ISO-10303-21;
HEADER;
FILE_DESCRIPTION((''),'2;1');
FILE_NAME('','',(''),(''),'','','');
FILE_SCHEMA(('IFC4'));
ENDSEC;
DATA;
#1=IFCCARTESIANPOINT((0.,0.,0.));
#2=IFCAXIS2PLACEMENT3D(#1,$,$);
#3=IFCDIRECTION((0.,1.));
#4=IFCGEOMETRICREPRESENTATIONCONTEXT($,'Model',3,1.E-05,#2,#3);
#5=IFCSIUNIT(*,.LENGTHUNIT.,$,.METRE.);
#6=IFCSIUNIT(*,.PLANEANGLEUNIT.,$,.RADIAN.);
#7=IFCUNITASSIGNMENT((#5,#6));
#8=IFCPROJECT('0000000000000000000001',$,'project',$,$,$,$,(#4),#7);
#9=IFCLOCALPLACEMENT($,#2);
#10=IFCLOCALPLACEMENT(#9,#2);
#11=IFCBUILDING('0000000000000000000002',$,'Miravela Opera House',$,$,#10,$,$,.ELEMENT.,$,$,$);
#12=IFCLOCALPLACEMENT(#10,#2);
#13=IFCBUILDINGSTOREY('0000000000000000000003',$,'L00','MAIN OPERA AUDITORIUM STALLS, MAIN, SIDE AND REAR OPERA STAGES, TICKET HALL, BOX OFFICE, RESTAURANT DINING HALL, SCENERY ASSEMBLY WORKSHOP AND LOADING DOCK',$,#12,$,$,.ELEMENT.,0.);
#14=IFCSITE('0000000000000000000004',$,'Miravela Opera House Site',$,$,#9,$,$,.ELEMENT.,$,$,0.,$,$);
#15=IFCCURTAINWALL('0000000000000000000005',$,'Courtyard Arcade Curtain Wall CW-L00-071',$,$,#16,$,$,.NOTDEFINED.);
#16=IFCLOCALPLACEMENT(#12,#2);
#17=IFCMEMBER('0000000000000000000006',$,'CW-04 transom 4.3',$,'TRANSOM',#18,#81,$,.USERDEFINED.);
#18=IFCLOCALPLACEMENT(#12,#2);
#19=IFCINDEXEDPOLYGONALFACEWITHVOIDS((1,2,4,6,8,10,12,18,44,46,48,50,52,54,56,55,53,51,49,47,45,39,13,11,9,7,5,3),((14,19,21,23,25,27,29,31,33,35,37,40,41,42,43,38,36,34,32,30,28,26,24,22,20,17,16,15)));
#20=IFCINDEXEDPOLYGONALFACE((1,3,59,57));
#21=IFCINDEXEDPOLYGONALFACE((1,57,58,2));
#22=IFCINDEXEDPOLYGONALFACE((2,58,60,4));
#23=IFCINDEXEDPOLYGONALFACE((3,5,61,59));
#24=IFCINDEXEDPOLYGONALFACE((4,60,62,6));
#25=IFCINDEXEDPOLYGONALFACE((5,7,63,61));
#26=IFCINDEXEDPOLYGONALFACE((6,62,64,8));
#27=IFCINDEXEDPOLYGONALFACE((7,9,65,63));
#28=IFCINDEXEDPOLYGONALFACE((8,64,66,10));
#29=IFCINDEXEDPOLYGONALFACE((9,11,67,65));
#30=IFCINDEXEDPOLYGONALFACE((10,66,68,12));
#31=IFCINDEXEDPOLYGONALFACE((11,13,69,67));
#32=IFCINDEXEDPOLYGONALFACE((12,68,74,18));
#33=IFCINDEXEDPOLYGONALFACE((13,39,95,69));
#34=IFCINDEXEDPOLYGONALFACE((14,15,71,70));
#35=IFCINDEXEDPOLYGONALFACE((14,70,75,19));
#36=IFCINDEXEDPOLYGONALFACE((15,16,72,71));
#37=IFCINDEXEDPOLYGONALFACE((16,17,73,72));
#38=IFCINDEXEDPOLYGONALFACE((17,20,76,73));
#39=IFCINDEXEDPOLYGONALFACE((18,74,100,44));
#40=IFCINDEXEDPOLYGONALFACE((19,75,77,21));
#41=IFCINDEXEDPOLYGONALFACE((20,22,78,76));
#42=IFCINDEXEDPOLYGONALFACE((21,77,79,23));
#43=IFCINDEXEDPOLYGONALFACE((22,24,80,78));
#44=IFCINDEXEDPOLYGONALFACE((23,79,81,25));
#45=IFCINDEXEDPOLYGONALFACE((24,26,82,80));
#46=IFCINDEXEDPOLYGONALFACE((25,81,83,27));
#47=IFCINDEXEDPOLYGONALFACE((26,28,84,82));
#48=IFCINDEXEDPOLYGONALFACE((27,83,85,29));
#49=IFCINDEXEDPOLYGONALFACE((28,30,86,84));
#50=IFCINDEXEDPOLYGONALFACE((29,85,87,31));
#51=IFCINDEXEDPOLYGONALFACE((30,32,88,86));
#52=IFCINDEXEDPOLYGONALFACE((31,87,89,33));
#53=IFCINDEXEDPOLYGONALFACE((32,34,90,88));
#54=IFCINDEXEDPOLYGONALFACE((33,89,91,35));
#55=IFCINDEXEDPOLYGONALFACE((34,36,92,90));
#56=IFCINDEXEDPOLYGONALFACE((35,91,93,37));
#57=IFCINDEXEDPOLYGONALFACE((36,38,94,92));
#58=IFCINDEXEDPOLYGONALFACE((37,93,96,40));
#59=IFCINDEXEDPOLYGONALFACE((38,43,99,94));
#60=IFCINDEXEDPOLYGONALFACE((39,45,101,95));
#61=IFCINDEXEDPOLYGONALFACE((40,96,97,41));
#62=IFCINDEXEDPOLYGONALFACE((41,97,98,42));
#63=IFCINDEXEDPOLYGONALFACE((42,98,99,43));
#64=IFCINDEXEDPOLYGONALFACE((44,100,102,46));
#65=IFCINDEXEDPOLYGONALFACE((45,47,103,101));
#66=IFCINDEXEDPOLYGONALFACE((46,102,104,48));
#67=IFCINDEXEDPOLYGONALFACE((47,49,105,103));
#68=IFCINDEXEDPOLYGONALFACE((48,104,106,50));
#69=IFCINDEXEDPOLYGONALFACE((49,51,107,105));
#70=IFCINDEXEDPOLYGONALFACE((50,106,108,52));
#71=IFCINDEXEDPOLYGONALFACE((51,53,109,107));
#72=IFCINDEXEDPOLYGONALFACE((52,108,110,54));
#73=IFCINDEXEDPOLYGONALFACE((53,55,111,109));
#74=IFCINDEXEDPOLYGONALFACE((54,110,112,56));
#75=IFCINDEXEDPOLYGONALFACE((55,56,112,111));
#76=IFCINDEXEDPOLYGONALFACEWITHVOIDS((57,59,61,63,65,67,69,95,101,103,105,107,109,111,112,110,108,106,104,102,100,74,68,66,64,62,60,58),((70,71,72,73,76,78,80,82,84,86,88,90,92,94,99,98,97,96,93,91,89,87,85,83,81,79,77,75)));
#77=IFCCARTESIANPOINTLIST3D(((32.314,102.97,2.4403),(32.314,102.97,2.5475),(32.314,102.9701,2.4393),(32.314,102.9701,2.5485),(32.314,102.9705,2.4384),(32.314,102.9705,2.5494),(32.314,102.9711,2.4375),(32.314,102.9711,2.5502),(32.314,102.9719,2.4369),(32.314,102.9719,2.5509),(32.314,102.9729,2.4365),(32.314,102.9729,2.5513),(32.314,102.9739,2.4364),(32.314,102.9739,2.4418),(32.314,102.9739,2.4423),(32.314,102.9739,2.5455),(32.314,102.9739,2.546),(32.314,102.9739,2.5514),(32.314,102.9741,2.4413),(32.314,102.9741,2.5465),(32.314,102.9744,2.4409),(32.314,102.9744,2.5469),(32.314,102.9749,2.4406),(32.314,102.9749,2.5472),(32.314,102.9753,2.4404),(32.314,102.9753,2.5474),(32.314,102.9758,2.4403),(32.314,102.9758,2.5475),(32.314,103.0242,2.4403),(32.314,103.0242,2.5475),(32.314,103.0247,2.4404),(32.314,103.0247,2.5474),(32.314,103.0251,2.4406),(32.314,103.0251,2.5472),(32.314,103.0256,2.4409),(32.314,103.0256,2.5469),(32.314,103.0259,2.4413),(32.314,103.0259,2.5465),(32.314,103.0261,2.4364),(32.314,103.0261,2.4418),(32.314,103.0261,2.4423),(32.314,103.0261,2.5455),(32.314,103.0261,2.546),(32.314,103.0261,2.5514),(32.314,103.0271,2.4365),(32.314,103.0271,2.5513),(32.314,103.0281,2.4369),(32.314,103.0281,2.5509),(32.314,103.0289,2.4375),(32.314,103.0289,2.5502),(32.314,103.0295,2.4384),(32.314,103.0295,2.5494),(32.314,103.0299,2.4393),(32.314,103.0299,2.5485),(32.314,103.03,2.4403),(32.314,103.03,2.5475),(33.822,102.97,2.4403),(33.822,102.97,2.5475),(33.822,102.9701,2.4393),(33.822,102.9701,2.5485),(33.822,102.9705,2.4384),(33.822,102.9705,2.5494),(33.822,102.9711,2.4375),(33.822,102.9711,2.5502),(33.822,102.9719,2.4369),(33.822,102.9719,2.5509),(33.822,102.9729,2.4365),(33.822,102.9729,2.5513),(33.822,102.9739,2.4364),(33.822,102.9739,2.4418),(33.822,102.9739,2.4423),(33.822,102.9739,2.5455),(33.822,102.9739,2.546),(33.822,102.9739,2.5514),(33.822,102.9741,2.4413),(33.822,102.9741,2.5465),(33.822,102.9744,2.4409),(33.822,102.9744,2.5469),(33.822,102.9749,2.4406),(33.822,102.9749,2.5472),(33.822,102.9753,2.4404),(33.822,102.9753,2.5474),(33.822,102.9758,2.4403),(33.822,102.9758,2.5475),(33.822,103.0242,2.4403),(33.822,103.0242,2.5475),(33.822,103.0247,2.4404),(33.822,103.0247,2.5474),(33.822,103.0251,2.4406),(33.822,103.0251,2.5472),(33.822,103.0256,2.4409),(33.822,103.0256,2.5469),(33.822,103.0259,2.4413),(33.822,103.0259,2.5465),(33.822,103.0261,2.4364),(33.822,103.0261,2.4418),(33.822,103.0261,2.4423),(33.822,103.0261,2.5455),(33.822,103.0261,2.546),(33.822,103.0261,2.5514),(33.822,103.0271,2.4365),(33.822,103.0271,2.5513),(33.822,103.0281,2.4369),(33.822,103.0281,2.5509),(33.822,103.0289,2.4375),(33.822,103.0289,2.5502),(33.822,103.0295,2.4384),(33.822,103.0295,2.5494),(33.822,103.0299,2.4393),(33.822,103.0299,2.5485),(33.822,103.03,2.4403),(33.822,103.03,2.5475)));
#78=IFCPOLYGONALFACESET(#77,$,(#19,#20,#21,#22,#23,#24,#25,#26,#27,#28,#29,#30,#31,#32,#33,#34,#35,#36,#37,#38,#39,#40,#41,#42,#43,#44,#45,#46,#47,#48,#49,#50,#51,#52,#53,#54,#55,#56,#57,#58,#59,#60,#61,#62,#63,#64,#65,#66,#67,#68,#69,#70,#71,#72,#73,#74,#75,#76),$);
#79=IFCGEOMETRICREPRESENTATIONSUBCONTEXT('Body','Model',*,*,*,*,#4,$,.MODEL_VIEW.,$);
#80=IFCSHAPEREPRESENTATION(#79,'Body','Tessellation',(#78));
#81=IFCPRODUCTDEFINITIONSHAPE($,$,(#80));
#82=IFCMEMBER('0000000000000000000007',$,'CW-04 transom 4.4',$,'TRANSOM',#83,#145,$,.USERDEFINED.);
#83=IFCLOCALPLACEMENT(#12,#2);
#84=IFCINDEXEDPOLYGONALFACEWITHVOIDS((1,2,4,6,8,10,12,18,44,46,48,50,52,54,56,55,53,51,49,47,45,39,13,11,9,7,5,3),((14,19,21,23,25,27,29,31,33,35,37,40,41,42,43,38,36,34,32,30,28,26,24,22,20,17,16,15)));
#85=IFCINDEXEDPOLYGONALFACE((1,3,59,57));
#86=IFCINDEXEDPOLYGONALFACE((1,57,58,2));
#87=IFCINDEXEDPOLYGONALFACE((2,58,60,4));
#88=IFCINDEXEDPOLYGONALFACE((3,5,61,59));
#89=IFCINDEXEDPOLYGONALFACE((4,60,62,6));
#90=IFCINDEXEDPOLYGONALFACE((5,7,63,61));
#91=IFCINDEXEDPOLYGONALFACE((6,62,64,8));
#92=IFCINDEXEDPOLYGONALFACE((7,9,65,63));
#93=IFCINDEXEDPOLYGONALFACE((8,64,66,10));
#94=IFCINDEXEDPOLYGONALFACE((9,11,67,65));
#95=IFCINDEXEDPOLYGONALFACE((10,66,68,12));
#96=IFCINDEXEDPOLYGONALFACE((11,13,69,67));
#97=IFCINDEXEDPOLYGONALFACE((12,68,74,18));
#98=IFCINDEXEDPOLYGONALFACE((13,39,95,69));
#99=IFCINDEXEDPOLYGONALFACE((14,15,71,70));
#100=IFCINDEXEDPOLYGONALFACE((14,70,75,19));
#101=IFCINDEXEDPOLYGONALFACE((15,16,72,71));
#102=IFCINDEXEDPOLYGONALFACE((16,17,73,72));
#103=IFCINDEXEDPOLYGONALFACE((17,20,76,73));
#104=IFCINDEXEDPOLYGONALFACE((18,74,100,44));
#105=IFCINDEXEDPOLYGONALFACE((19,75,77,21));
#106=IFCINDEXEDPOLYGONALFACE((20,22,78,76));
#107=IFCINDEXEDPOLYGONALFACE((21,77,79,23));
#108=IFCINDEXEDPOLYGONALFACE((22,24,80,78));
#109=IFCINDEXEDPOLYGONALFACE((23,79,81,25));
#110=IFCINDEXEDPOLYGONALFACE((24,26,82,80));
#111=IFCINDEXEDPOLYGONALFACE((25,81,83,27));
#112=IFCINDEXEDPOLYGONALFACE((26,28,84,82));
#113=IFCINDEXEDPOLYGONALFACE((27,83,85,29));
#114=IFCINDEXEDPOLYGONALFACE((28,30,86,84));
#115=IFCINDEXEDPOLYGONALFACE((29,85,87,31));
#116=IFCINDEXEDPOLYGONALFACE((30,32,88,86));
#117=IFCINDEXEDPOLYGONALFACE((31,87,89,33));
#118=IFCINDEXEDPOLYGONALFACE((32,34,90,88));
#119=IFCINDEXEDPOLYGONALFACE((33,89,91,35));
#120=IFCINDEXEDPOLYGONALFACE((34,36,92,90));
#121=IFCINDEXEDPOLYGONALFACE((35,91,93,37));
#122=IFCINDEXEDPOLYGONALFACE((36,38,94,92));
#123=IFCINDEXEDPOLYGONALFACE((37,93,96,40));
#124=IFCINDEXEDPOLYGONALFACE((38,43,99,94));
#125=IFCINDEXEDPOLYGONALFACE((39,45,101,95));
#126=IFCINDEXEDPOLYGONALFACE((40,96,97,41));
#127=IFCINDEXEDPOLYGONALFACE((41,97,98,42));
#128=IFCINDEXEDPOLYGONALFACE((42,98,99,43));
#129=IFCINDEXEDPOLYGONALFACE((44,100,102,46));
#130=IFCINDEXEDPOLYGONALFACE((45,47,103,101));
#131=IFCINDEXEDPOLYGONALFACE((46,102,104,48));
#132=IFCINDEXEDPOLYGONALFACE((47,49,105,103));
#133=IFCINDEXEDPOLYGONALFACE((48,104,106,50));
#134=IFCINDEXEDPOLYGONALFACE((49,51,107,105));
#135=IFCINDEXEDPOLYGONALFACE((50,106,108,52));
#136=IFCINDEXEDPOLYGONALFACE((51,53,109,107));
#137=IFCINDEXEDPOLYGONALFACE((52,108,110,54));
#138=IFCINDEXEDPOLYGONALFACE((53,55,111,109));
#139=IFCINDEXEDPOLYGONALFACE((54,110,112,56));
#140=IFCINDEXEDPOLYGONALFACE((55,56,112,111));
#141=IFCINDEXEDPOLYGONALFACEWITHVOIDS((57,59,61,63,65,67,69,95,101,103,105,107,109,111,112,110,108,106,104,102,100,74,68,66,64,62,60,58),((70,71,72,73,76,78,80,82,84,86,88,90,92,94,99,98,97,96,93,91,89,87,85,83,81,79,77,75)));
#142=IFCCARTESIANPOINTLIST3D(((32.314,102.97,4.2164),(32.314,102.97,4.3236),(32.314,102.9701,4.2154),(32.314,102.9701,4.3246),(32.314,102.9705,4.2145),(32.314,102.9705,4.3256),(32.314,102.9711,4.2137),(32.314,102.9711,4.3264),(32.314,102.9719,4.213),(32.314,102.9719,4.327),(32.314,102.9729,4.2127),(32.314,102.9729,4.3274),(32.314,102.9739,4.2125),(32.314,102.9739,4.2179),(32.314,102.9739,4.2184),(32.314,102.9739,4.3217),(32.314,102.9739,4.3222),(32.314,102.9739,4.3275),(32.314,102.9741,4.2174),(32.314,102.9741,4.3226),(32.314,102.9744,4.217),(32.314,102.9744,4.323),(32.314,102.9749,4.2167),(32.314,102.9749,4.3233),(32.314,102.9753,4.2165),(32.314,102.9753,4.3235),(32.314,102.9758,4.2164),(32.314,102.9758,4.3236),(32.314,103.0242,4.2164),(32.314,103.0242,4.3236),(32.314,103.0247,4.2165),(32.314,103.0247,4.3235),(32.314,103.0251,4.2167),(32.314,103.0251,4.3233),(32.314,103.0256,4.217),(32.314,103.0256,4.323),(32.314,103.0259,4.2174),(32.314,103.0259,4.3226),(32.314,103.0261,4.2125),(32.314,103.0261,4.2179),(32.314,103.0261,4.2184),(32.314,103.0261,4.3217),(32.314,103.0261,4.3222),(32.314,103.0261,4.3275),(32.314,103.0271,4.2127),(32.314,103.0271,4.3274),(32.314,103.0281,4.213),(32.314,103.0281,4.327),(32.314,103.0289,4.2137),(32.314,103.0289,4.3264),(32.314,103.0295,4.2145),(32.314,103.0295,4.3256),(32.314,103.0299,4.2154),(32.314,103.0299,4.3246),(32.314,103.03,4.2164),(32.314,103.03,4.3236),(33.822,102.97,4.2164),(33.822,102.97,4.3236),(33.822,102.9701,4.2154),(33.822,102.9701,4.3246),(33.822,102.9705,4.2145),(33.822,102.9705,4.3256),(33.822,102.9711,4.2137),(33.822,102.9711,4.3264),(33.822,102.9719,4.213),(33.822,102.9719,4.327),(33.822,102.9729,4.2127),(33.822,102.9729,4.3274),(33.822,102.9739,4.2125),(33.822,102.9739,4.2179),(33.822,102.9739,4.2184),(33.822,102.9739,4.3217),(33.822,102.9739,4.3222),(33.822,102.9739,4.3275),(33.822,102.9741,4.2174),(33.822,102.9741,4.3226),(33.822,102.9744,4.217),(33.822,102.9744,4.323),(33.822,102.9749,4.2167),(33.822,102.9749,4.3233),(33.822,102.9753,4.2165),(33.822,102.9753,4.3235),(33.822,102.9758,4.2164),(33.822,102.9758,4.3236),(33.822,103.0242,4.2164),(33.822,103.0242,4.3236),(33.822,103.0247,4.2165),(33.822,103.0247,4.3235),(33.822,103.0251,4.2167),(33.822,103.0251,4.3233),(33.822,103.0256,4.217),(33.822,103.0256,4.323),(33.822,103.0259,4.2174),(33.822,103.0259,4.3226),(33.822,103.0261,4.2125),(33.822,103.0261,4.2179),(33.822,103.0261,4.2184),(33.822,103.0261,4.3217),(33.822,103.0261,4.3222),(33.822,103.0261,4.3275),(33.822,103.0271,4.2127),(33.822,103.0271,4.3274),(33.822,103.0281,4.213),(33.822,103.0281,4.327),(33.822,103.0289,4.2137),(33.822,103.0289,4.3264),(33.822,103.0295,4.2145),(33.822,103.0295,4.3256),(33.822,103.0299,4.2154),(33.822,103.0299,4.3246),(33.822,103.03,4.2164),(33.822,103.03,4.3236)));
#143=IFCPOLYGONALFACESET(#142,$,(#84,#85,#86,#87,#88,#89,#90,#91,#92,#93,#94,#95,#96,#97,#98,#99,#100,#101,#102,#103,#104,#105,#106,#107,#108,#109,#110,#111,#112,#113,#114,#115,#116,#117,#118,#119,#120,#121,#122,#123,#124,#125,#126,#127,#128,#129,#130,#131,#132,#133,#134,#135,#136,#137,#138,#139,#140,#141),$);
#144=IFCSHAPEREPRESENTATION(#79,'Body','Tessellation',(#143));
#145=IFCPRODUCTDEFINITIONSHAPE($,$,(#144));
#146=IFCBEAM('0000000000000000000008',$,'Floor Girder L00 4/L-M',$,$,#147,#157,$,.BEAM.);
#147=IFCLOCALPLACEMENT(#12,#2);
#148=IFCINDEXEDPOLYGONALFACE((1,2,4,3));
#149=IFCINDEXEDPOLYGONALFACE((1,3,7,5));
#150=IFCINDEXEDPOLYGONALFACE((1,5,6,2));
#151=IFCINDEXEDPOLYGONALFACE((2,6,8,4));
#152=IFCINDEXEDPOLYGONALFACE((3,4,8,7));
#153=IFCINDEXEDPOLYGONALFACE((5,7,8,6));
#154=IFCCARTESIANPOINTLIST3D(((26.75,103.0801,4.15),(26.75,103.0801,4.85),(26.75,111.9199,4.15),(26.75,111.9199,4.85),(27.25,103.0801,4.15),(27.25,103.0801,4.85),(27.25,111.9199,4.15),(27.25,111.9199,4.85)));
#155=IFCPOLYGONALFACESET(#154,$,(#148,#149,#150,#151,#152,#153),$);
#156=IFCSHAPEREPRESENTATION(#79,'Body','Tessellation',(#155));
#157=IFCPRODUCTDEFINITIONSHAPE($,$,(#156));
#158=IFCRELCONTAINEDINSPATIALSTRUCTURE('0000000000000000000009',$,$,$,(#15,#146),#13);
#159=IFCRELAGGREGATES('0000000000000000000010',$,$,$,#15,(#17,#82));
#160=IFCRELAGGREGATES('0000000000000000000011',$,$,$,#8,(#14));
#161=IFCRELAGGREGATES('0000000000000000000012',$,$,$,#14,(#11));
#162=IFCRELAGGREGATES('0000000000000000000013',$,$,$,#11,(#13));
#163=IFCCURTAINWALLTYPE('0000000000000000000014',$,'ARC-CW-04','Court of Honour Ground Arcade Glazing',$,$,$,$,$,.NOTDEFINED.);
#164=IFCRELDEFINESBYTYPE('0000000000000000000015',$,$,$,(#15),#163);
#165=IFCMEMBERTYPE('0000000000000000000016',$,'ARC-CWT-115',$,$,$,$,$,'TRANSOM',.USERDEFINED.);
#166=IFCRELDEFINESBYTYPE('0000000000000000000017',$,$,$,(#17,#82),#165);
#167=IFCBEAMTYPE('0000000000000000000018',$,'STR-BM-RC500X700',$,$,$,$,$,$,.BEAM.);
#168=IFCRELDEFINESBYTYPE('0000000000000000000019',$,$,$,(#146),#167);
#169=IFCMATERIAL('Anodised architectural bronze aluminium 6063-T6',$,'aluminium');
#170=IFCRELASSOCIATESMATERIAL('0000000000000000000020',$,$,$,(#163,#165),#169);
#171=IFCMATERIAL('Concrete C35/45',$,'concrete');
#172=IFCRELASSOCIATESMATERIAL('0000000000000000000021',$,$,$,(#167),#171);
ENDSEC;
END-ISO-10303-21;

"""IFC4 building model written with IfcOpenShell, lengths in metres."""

from ifc_helpers import new_model, si_unit, direction, frame, origin, origin_2d, place, context, subcontext, project, spatial, rectangle, hollow_rectangle, extrude, material, material_profile, profile_set, type_object, element, aggregate, save


model = new_model("IFC4")

# Units and contexts
model_context = context("Model", 3, precision=1e-05, world=origin(), true_north=direction((0.0, 1.0)))
body_context = subcontext(model_context, "Body", "Model", "MODEL_VIEW")
ifc_project = project(units=[si_unit("LENGTHUNIT", "METRE"), si_unit("PLANEANGLEUNIT", "RADIAN")], contexts=[model_context])

# Site, building, storey
site_placement = place(None, origin())
site = spatial("IfcSite", under=ifc_project, at=site_placement, Name="Miravela Opera House Site", CompositionType="ELEMENT", RefElevation=0.0)
building_placement = place(site_placement, origin())
building = spatial("IfcBuilding", under=site, at=building_placement, Name="Miravela Opera House", CompositionType="ELEMENT")
storey_placement = place(building_placement, origin())
storey = spatial("IfcBuildingStorey", under=building, at=storey_placement, Name="L00", Description="MAIN OPERA AUDITORIUM STALLS, MAIN, SIDE AND REAR OPERA STAGES, TICKET HALL, BOX OFFICE, RESTAURANT DINING HALL, SCENERY ASSEMBLY WORKSHOP AND LOADING DOCK", CompositionType="ELEMENT", Elevation=0.0)

# Curtain wall, members
ifc_material_1 = material(Name="Anodised architectural bronze aluminium 6063-T6", Category="aluminium")
curtain_wall_type = type_object("IfcCurtainWallType", Name="ARC-CW-04", Description="Court of Honour Ground Arcade Glazing", PredefinedType="NOTDEFINED", material=ifc_material_1)
curtain_wall_placement = place(storey_placement, origin())
curtain_wall = element("IfcCurtainWall", 1, at=curtain_wall_placement, inside=storey, type_object=curtain_wall_type, Name="Courtyard Arcade Curtain Wall CW-L00-071", PredefinedType="NOTDEFINED")
ifc_material_profile_1 = material_profile(ifc_material_1, hollow_rectangle(XDim=0.0601, YDim=0.115, WallThickness=0.0039, InnerFilletRadius=0.002, OuterFilletRadius=0.0039, at=origin_2d()), Name="CWT-60X115")
ifc_profile_set_1 = profile_set([ifc_material_profile_1])
member_type_1 = type_object("IfcMemberType", Name="ARC-CWT-115", ElementType="TRANSOM", PredefinedType="USERDEFINED", material=ifc_profile_set_1)
member_1_placement = place(storey_placement, frame((32.314, 103.0, 2.4939), z_axis=(1.0, 0.0, 0.0), x_axis=(0.0, 1.0, 0.0)))
member_1 = element("IfcMember", 2, at=member_1_placement, type_object=member_type_1, Name="CW-04 transom 4.3", ObjectType="TRANSOM", PredefinedType="USERDEFINED", context=body_context, shape_type="SweptSolid", body=[
    extrude(hollow_rectangle(XDim=0.0601, YDim=0.115, WallThickness=0.0039, InnerFilletRadius=0.002, OuterFilletRadius=0.0039, at=origin_2d()), origin(), (0.0, 0.0, 1.0), 1.5081),
])
member_2_placement = place(storey_placement, frame((32.314, 103.0, 4.27), z_axis=(1.0, 0.0, 0.0), x_axis=(0.0, 1.0, 0.0)))
member_2 = element("IfcMember", 3, at=member_2_placement, type_object=member_type_1, Name="CW-04 transom 4.4", ObjectType="TRANSOM", PredefinedType="USERDEFINED", context=body_context, shape_type="SweptSolid", body=[
    extrude(hollow_rectangle(XDim=0.0601, YDim=0.115, WallThickness=0.0039, InnerFilletRadius=0.002, OuterFilletRadius=0.0039, at=origin_2d()), origin(), (0.0, 0.0, 1.0), 1.5081),
])

# Beam
ifc_material_2 = material(Name="Concrete C35/45", Category="concrete")
ifc_material_profile_2 = material_profile(ifc_material_2, rectangle(XDim=0.5, YDim=0.7, at=origin_2d()), Name="RC-BM-500X700")
ifc_profile_set_2 = profile_set([ifc_material_profile_2])
beam_type_1 = type_object("IfcBeamType", Name="STR-BM-RC500X700", PredefinedType="BEAM", material=ifc_profile_set_2)
beam_1_placement = place(storey_placement, frame((27.0, 103.0801, 4.5), z_axis=(0.0, 1.0, 0.0), x_axis=(-1.0, 0.0, 0.0)))
element("IfcBeam", 4, at=beam_1_placement, inside=storey, type_object=beam_type_1, Name="Floor Girder L00 4/L-M", PredefinedType="BEAM", context=body_context, shape_type="SweptSolid", body=[
    extrude(rectangle(XDim=0.5, YDim=0.7, at=origin_2d()), origin(), (0.0, 0.0, 1.0), 8.8398),
])

aggregate(curtain_wall, [member_1, member_2])

save(model, "model.ifc")
